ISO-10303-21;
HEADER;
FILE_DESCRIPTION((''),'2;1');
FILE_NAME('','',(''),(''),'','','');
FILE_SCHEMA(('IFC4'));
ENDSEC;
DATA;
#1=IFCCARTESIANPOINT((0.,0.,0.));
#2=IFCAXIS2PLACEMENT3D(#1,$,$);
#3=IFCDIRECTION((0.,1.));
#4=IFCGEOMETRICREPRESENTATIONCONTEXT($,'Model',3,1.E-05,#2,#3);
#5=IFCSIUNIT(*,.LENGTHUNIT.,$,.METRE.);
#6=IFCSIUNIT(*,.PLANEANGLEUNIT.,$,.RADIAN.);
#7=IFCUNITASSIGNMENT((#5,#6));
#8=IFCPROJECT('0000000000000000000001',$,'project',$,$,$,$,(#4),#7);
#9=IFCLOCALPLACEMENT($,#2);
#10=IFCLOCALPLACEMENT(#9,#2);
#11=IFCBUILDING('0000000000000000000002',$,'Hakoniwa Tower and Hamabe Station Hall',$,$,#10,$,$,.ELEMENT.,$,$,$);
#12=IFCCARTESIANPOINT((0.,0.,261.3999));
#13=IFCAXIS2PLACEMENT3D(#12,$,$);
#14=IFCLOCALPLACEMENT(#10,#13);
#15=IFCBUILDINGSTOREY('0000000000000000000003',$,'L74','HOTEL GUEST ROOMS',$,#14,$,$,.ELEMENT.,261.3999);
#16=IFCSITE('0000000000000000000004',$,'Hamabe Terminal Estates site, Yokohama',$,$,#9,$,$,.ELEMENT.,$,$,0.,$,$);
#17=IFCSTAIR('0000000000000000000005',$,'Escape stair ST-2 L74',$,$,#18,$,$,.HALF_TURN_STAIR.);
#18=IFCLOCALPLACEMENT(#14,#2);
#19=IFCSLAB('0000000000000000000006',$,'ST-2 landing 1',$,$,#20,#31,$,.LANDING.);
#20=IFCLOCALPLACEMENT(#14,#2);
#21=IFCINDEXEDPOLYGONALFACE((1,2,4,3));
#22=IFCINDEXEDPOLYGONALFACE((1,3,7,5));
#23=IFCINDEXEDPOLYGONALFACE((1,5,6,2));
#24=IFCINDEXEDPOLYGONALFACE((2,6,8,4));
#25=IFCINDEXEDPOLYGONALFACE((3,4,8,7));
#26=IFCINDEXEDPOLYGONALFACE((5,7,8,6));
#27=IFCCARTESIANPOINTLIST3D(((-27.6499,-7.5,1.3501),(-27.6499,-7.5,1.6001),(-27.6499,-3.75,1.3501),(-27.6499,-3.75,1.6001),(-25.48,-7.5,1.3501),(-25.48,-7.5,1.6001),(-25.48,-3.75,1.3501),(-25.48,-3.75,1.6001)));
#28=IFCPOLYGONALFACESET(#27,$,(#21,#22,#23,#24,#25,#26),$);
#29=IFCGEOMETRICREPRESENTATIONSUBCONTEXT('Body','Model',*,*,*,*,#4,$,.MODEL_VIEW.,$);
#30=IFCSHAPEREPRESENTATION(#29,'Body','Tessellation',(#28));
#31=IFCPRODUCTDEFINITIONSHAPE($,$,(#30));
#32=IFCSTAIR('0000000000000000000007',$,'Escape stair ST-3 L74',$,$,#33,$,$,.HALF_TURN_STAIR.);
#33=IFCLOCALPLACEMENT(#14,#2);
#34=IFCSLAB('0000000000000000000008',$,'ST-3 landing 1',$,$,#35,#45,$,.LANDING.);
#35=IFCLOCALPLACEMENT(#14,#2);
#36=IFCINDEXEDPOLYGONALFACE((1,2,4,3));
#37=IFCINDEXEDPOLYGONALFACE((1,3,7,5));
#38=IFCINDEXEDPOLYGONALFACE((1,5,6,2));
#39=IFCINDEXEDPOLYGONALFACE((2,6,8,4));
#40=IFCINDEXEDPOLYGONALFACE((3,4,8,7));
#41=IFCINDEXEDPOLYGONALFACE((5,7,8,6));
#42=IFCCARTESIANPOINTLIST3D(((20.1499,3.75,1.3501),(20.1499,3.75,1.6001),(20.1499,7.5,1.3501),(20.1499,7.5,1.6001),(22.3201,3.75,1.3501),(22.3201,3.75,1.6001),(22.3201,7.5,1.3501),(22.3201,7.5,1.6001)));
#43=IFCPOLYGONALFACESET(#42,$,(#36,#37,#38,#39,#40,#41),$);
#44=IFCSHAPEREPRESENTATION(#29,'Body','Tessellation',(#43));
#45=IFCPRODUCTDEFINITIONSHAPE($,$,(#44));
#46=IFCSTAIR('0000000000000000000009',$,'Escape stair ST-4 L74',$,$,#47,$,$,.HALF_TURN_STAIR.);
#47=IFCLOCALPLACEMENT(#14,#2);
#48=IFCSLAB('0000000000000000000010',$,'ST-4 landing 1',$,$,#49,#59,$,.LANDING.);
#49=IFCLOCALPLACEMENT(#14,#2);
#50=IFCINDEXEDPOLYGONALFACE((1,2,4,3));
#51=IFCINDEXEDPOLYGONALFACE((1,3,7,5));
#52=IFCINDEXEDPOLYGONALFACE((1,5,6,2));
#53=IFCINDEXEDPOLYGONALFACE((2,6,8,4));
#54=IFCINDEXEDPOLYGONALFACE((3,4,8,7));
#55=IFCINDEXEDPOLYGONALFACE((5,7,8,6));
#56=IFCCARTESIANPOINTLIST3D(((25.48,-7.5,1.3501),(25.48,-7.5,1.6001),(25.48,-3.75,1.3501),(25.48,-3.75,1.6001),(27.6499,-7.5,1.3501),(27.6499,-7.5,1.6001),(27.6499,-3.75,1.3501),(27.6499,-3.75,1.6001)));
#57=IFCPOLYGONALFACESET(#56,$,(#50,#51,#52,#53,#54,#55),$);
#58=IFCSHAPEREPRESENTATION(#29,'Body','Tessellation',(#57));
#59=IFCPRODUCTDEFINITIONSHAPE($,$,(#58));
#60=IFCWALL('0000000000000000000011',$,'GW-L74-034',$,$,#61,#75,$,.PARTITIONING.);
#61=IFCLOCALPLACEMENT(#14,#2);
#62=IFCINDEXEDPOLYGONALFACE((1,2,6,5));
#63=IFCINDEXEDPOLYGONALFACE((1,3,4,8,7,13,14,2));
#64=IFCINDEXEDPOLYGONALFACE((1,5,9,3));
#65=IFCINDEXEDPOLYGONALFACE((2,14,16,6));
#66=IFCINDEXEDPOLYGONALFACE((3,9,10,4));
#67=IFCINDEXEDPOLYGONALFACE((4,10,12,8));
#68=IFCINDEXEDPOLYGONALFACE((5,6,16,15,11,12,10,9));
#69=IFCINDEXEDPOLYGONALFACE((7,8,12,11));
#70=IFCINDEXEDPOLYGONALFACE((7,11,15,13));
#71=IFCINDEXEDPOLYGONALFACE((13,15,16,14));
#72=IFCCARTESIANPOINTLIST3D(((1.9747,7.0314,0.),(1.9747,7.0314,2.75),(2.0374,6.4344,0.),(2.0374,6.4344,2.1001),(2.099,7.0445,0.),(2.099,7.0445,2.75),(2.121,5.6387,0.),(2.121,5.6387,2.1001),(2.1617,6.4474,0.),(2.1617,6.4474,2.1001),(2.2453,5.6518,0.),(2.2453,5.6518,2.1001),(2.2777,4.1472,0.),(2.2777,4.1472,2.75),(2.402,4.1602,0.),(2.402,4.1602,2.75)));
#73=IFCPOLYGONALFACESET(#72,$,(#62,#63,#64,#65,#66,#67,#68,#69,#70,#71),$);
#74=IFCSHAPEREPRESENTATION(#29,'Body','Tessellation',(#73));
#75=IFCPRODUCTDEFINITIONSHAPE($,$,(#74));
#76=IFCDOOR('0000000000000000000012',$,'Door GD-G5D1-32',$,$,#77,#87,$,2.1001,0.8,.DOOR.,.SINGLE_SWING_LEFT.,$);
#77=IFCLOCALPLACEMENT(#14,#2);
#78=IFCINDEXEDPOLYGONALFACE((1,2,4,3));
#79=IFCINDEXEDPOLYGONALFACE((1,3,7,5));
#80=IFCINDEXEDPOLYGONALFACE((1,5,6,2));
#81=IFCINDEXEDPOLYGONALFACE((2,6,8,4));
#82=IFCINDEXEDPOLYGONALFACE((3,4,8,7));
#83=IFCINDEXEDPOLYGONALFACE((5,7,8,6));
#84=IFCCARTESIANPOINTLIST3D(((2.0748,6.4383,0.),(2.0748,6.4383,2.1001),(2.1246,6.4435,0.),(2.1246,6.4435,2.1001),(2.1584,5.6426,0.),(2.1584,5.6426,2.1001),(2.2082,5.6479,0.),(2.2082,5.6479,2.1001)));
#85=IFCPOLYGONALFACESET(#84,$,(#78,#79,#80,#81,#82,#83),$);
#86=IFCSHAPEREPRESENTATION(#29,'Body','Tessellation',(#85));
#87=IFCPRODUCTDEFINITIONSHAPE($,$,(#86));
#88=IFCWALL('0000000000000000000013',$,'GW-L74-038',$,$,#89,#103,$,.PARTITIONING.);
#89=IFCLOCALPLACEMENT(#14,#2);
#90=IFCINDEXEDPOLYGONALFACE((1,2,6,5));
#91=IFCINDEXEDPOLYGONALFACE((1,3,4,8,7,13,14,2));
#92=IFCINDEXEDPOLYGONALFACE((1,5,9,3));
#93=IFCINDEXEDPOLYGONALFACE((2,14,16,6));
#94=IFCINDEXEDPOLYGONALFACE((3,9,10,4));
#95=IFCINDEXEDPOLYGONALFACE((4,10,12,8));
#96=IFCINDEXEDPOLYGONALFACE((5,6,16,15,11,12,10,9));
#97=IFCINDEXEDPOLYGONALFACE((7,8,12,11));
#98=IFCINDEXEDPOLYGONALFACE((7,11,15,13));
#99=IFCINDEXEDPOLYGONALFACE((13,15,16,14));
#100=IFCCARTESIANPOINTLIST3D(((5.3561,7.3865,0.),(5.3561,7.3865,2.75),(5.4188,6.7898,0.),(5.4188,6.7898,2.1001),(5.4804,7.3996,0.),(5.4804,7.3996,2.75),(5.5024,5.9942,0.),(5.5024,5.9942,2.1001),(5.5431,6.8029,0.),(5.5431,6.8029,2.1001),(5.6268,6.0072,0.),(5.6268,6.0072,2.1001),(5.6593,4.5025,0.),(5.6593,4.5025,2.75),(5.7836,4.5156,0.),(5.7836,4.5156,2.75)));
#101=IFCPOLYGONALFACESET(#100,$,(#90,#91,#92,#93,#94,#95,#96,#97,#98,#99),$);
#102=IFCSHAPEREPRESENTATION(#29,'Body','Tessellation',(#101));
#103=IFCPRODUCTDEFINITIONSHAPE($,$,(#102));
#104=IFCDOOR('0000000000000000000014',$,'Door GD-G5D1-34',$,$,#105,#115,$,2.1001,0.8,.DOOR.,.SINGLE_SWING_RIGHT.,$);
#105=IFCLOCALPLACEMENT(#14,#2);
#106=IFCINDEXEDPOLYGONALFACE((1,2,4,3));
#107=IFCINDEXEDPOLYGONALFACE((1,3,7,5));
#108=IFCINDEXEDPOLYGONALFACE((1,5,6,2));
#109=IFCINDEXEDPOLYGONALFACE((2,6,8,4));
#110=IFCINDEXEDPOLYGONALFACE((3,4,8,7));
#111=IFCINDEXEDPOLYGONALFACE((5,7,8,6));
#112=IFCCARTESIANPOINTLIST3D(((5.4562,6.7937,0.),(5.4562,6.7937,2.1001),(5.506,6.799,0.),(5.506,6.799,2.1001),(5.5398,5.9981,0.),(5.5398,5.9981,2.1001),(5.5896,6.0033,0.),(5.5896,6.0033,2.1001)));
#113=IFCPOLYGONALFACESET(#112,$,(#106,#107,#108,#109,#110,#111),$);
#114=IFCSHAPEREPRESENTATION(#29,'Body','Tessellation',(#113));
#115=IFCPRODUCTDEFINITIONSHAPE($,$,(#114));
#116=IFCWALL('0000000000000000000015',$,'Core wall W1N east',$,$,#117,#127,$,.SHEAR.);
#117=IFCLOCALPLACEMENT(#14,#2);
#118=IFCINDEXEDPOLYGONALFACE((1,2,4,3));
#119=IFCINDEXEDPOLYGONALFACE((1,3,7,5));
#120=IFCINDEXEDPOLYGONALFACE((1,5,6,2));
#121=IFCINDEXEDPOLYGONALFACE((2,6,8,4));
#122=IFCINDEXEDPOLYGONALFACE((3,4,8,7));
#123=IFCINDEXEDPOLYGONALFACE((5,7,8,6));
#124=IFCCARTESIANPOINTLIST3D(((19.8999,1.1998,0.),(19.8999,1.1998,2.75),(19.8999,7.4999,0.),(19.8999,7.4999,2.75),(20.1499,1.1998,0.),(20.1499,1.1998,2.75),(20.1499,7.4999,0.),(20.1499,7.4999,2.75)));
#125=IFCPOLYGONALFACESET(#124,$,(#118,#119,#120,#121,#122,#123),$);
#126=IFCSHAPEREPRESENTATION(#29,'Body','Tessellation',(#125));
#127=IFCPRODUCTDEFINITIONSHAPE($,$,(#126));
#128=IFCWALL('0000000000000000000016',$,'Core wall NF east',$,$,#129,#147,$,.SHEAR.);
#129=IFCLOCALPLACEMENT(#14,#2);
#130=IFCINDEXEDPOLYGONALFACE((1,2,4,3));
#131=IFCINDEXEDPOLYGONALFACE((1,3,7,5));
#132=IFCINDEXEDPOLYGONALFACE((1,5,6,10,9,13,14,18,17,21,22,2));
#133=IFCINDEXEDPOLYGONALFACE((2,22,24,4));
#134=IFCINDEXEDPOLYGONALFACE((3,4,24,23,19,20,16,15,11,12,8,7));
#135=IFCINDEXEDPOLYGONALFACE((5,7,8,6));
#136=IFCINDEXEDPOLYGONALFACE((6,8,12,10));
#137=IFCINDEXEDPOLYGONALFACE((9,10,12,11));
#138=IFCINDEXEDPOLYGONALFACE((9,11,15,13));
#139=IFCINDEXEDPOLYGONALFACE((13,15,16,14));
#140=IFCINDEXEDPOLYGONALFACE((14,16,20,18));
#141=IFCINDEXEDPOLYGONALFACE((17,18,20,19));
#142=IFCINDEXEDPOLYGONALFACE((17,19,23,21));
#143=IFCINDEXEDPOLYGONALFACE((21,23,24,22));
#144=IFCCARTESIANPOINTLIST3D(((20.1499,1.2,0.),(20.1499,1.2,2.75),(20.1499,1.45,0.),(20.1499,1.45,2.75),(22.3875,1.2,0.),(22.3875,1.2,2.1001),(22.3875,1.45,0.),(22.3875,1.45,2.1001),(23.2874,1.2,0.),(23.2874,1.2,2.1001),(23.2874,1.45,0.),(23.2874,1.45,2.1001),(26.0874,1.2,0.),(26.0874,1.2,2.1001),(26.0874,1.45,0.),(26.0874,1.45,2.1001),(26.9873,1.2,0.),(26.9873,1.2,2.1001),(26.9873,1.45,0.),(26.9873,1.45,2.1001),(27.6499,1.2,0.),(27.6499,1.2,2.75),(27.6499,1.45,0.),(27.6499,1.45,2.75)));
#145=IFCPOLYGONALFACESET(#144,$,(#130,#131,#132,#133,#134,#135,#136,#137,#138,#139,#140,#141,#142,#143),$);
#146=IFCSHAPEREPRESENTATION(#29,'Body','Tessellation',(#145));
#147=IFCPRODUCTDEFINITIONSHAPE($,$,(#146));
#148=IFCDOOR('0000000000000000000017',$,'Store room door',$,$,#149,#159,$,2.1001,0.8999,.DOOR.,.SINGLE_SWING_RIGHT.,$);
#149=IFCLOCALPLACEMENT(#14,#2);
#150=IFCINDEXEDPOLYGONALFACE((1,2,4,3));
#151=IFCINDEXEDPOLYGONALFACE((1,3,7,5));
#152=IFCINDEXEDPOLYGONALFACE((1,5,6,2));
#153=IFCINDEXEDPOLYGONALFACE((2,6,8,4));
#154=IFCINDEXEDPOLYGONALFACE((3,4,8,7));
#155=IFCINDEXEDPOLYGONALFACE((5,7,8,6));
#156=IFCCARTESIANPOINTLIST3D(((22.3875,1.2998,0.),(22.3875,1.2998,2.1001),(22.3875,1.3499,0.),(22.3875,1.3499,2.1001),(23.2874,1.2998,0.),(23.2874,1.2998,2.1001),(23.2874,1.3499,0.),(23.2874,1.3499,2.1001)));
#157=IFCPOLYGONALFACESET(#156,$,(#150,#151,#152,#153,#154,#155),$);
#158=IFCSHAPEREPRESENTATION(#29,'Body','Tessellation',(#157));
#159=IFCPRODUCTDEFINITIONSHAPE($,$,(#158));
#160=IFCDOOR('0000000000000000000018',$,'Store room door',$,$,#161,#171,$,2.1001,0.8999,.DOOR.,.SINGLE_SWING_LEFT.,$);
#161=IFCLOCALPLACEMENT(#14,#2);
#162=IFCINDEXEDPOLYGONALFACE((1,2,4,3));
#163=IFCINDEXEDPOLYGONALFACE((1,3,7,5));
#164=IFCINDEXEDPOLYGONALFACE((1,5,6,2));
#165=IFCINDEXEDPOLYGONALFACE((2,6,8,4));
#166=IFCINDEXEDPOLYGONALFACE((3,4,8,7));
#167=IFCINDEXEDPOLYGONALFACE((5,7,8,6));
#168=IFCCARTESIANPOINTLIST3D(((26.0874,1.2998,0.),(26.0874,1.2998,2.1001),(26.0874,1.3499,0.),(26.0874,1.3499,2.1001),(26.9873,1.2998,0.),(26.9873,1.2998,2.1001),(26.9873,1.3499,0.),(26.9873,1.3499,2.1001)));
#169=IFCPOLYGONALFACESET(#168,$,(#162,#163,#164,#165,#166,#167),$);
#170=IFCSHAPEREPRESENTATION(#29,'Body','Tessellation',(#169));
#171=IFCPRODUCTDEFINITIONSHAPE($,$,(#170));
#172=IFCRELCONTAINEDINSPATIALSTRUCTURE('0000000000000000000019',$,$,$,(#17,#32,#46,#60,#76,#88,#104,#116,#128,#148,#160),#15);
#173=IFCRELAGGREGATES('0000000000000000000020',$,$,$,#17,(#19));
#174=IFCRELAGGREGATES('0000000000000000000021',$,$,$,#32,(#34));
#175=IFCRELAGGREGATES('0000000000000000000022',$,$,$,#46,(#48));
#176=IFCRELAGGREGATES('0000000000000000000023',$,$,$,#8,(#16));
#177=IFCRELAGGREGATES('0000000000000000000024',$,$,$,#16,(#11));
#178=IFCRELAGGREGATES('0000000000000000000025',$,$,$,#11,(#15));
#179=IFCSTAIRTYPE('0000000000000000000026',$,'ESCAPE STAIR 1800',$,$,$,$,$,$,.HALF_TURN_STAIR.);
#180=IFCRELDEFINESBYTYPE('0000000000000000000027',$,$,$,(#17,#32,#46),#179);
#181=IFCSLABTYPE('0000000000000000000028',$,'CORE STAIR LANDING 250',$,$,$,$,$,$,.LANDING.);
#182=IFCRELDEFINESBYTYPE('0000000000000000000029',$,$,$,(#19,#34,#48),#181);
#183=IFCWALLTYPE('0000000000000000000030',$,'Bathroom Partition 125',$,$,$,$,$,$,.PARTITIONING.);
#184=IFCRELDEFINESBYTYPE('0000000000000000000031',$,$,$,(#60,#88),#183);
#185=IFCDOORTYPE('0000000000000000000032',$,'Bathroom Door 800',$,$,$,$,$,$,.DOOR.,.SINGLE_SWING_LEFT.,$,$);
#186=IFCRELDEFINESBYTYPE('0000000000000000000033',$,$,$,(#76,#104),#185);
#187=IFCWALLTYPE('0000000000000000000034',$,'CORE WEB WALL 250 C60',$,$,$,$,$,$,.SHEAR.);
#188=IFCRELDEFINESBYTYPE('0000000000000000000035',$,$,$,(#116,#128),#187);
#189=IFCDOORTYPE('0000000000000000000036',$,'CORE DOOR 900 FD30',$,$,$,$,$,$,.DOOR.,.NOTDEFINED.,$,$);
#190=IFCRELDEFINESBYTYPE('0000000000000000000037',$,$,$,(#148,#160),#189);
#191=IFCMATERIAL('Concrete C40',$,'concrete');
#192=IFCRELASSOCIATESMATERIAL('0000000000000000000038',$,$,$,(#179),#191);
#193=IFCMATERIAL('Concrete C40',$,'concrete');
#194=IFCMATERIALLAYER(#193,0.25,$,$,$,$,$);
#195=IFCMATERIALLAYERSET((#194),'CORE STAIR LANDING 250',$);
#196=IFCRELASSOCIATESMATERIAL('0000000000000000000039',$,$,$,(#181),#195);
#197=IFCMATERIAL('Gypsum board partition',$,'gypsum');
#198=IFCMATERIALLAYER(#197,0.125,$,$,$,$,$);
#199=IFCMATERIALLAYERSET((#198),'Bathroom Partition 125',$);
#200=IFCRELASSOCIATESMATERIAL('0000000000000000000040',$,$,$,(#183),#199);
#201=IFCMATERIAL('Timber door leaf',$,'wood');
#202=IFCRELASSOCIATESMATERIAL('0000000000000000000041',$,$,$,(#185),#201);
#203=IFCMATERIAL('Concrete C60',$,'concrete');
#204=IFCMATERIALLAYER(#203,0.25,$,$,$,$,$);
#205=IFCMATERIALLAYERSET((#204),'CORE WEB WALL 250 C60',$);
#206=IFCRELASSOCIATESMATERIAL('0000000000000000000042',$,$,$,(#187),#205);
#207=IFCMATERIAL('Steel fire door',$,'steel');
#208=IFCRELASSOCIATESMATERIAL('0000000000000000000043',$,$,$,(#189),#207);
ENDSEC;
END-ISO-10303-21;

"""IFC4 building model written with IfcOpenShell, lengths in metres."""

from ifc_helpers import new_model, si_unit, direction, frame, frame_2d, origin, place, context, subcontext, project, spatial, polyline, rectangle, outline, extrude, material, layer, layer_set, type_object, element, fill, aggregate, save


model = new_model("IFC4")

# Units and contexts
model_context = context("Model", 3, precision=1e-05, world=origin(), true_north=direction((0.0, 1.0)))
body_context = subcontext(model_context, "Body", "Model", "MODEL_VIEW")
ifc_project = project(units=[si_unit("LENGTHUNIT", "METRE"), si_unit("PLANEANGLEUNIT", "RADIAN")], contexts=[model_context])

# Site, building, storey
site_placement = place(None, origin())
site = spatial("IfcSite", under=ifc_project, at=site_placement, Name="Hamabe Terminal Estates site, Yokohama", CompositionType="ELEMENT", RefElevation=0.0)
building_placement = place(site_placement, origin())
building = spatial("IfcBuilding", under=site, at=building_placement, Name="Hakoniwa Tower and Hamabe Station Hall", CompositionType="ELEMENT")
storey_placement = place(building_placement, frame((0.0, 0.0, 261.3999)))
storey = spatial("IfcBuildingStorey", under=building, at=storey_placement, Name="L74", Description="HOTEL GUEST ROOMS", CompositionType="ELEMENT", Elevation=261.3999)

# Stairs, slabs
ifc_material_1 = material(Name="Concrete C40", Category="concrete")
stair_type = type_object("IfcStairType", Name="ESCAPE STAIR 1800", PredefinedType="HALF_TURN_STAIR", material=ifc_material_1)
stair_1_placement = place(storey_placement, origin())
stair_1 = element("IfcStair", 1, at=stair_1_placement, inside=storey, type_object=stair_type, Name="Escape stair ST-2 L74", PredefinedType="HALF_TURN_STAIR")
ifc_material_2 = material(Name="Concrete C40", Category="concrete")
ifc_layer_1 = layer(ifc_material_2, 0.25)
ifc_layer_set_1 = layer_set([ifc_layer_1], Name="CORE STAIR LANDING 250")
slab_type = type_object("IfcSlabType", Name="CORE STAIR LANDING 250", PredefinedType="LANDING", material=ifc_layer_set_1)
slab_1_placement = place(storey_placement, frame((0.0, 0.0, 1.3501)))
slab_1 = element("IfcSlab", 2, at=slab_1_placement, type_object=slab_type, Name="ST-2 landing 1", PredefinedType="LANDING", context=body_context, shape_type="SweptSolid", body=[
    extrude(outline(polyline([(-25.48, -7.5), (-27.6499, -7.5), (-27.6499, -3.75), (-25.48, -3.75), (-25.48, -7.5)])), origin(), (0.0, 0.0, 1.0), 0.25),
])
aggregate(stair_1, [slab_1])
stair_2_placement = place(storey_placement, origin())
stair_2 = element("IfcStair", 3, at=stair_2_placement, inside=storey, type_object=stair_type, Name="Escape stair ST-3 L74", PredefinedType="HALF_TURN_STAIR")
slab_2_placement = place(storey_placement, frame((0.0, 0.0, 1.3501)))
slab_2 = element("IfcSlab", 4, at=slab_2_placement, type_object=slab_type, Name="ST-3 landing 1", PredefinedType="LANDING", context=body_context, shape_type="SweptSolid", body=[
    extrude(outline(polyline([(22.3201, 3.75), (20.1499, 3.75), (20.1499, 7.5), (22.3201, 7.5), (22.3201, 3.75)])), origin(), (0.0, 0.0, 1.0), 0.25),
])
aggregate(stair_2, [slab_2])
stair_3_placement = place(storey_placement, origin())
stair_3 = element("IfcStair", 5, at=stair_3_placement, inside=storey, type_object=stair_type, Name="Escape stair ST-4 L74", PredefinedType="HALF_TURN_STAIR")
slab_3_placement = place(storey_placement, frame((0.0, 0.0, 1.3501)))
slab_3 = element("IfcSlab", 6, at=slab_3_placement, type_object=slab_type, Name="ST-4 landing 1", PredefinedType="LANDING", context=body_context, shape_type="SweptSolid", body=[
    extrude(outline(polyline([(25.48, -7.5), (27.6499, -7.5), (27.6499, -3.75), (25.48, -3.75), (25.48, -7.5)])), origin(), (0.0, 0.0, 1.0), 0.25),
])
aggregate(stair_3, [slab_3])

# Walls, openings, doors
ifc_material_3 = material(Name="Gypsum board partition", Category="gypsum")
ifc_layer_2 = layer(ifc_material_3, 0.125)
ifc_layer_set_2 = layer_set([ifc_layer_2], Name="Bathroom Partition 125")
wall_type_1 = type_object("IfcWallType", Name="Bathroom Partition 125", PredefinedType="PARTITIONING", material=ifc_layer_set_2)
wall_1_placement = place(storey_placement, frame((2.3398, 4.1536, 0.0), z_axis=(0.0, 0.0, 1.0), x_axis=(-0.10447, 0.994528, 0.0)))
wall_1 = element("IfcWall", 7, at=wall_1_placement, inside=storey, type_object=wall_type_1, Name="GW-L74-034", PredefinedType="PARTITIONING", context=body_context, shape_type="SweptSolid", body=[
    extrude(rectangle(XDim=2.9001, YDim=0.125, at=frame_2d((1.4502, 0.0))), origin(), (0.0, 0.0, 1.0), 2.75),
])
opening_1_placement = place(wall_1_placement, frame((1.5, 0.0, 0.0)))
opening_1 = element("IfcOpeningElement", 8, at=opening_1_placement, cuts=wall_1, PredefinedType="OPENING", context=body_context, shape_type="SweptSolid", body=[
    extrude(rectangle(XDim=0.8, YDim=2.1001, at=frame_2d((0.3999, 1.05))), frame((0.0, 0.0725, 0.0), z_axis=(0.0, -1.0, 0.0), x_axis=(1.0, 0.0, 0.0)), (0.0, 0.0, 1.0), 0.145),
])
ifc_material_4 = material(Name="Timber door leaf", Category="wood")
door_type_1 = type_object("IfcDoorType", Name="Bathroom Door 800", OperationType="SINGLE_SWING_LEFT", PredefinedType="DOOR", material=ifc_material_4)
door_1_placement = place(opening_1_placement, origin())
door_1 = element("IfcDoor", 9, at=door_1_placement, inside=storey, type_object=door_type_1, Name="Door GD-G5D1-32", OperationType="SINGLE_SWING_LEFT", OverallHeight=2.1001, OverallWidth=0.8, PredefinedType="DOOR", context=body_context, shape_type="SweptSolid", body=[
    extrude(rectangle(XDim=0.8, YDim=2.1001, at=frame_2d((0.3999, 1.05))), frame((0.0, 0.0249, 0.0), z_axis=(0.0, -1.0, 0.0), x_axis=(1.0, 0.0, 0.0)), (0.0, 0.0, 1.0), 0.05),
])
fill(opening_1, door_1)
wall_2_placement = place(storey_placement, frame((5.7214, 4.509, 0.0), z_axis=(0.0, 0.0, 1.0), x_axis=(-0.104562, 0.994518, 0.0)))
wall_2 = element("IfcWall", 10, at=wall_2_placement, inside=storey, type_object=wall_type_1, Name="GW-L74-038", PredefinedType="PARTITIONING", context=body_context, shape_type="SweptSolid", body=[
    extrude(rectangle(XDim=2.8999, YDim=0.125, at=frame_2d((1.45, 0.0))), origin(), (0.0, 0.0, 1.0), 2.75),
])
opening_2_placement = place(wall_2_placement, frame((1.5, 0.0, 0.0)))
opening_2 = element("IfcOpeningElement", 11, at=opening_2_placement, cuts=wall_2, PredefinedType="OPENING", context=body_context, shape_type="SweptSolid", body=[
    extrude(rectangle(XDim=0.8, YDim=2.1001, at=frame_2d((0.3999, 1.05))), frame((0.0, 0.0725, 0.0), z_axis=(0.0, -1.0, 0.0), x_axis=(1.0, 0.0, 0.0)), (0.0, 0.0, 1.0), 0.145),
])
door_2_placement = place(opening_2_placement, origin())
door_2 = element("IfcDoor", 12, at=door_2_placement, inside=storey, type_object=door_type_1, Name="Door GD-G5D1-34", OperationType="SINGLE_SWING_RIGHT", OverallHeight=2.1001, OverallWidth=0.8, PredefinedType="DOOR", context=body_context, shape_type="SweptSolid", body=[
    extrude(rectangle(XDim=0.8, YDim=2.1001, at=frame_2d((0.3999, 1.05))), frame((0.0, 0.0249, 0.0), z_axis=(0.0, -1.0, 0.0), x_axis=(1.0, 0.0, 0.0)), (0.0, 0.0, 1.0), 0.05),
])
fill(opening_2, door_2)

# Wall
ifc_material_5 = material(Name="Concrete C60", Category="concrete")
ifc_layer_3 = layer(ifc_material_5, 0.25)
ifc_layer_set_3 = layer_set([ifc_layer_3], Name="CORE WEB WALL 250 C60")
wall_type_2 = type_object("IfcWallType", Name="CORE WEB WALL 250 C60", PredefinedType="SHEAR", material=ifc_layer_set_3)
wall_3_placement = place(storey_placement, frame((20.0249, 1.2, 0.0), z_axis=(0.0, 0.0, 1.0), x_axis=(0.0, 1.0, 0.0)))
element("IfcWall", 13, at=wall_3_placement, inside=storey, type_object=wall_type_2, Name="Core wall W1N east", PredefinedType="SHEAR", context=body_context, shape_type="SweptSolid", body=[
    extrude(rectangle(XDim=6.3, YDim=0.25, at=frame_2d((3.1499, 0.0))), origin(), (0.0, 0.0, 1.0), 2.75),
])

# Wall, openings, doors
wall_4_placement = place(storey_placement, frame((20.1499, 1.325, 0.0), z_axis=(0.0, 0.0, 1.0), x_axis=(1.0, 0.0, 0.0)))
wall_4 = element("IfcWall", 14, at=wall_4_placement, inside=storey, type_object=wall_type_2, Name="Core wall NF east", PredefinedType="SHEAR", context=body_context, shape_type="SweptSolid", body=[
    extrude(rectangle(XDim=7.5, YDim=0.25, at=frame_2d((3.75, 0.0))), origin(), (0.0, 0.0, 1.0), 2.75),
])
opening_3_placement = place(wall_4_placement, frame((2.2375, 0.0, 0.0)))
opening_3 = element("IfcOpeningElement", 15, at=opening_3_placement, cuts=wall_4, PredefinedType="OPENING", context=body_context, shape_type="SweptSolid", body=[
    extrude(rectangle(XDim=0.8999, YDim=2.1001, at=frame_2d((0.45, 1.05))), frame((0.0, 0.135, 0.0), z_axis=(0.0, -1.0, 0.0), x_axis=(1.0, 0.0, 0.0)), (0.0, 0.0, 1.0), 0.27),
])
opening_4_placement = place(wall_4_placement, frame((5.9375, 0.0, 0.0)))
opening_4 = element("IfcOpeningElement", 16, at=opening_4_placement, cuts=wall_4, PredefinedType="OPENING", context=body_context, shape_type="SweptSolid", body=[
    extrude(rectangle(XDim=0.8999, YDim=2.1001, at=frame_2d((0.45, 1.05))), frame((0.0, 0.135, 0.0), z_axis=(0.0, -1.0, 0.0), x_axis=(1.0, 0.0, 0.0)), (0.0, 0.0, 1.0), 0.27),
])
ifc_material_6 = material(Name="Steel fire door", Category="steel")
door_type_2 = type_object("IfcDoorType", Name="CORE DOOR 900 FD30", OperationType="NOTDEFINED", PredefinedType="DOOR", material=ifc_material_6)
door_3_placement = place(opening_3_placement, origin())
door_3 = element("IfcDoor", 17, at=door_3_placement, inside=storey, type_object=door_type_2, Name="Store room door", OperationType="SINGLE_SWING_RIGHT", OverallHeight=2.1001, OverallWidth=0.8999, PredefinedType="DOOR", context=body_context, shape_type="SweptSolid", body=[
    extrude(rectangle(XDim=0.8999, YDim=2.1001, at=frame_2d((0.45, 1.05))), frame((0.0, 0.0249, 0.0), z_axis=(0.0, -1.0, 0.0), x_axis=(1.0, 0.0, 0.0)), (0.0, 0.0, 1.0), 0.05),
])
fill(opening_3, door_3)
door_4_placement = place(opening_4_placement, origin())
door_4 = element("IfcDoor", 18, at=door_4_placement, inside=storey, type_object=door_type_2, Name="Store room door", OperationType="SINGLE_SWING_LEFT", OverallHeight=2.1001, OverallWidth=0.8999, PredefinedType="DOOR", context=body_context, shape_type="SweptSolid", body=[
    extrude(rectangle(XDim=0.8999, YDim=2.1001, at=frame_2d((0.45, 1.05))), frame((0.0, 0.0249, 0.0), z_axis=(0.0, -1.0, 0.0), x_axis=(1.0, 0.0, 0.0)), (0.0, 0.0, 1.0), 0.05),
])
fill(opening_4, door_4)

save(model, "model.ifc")
